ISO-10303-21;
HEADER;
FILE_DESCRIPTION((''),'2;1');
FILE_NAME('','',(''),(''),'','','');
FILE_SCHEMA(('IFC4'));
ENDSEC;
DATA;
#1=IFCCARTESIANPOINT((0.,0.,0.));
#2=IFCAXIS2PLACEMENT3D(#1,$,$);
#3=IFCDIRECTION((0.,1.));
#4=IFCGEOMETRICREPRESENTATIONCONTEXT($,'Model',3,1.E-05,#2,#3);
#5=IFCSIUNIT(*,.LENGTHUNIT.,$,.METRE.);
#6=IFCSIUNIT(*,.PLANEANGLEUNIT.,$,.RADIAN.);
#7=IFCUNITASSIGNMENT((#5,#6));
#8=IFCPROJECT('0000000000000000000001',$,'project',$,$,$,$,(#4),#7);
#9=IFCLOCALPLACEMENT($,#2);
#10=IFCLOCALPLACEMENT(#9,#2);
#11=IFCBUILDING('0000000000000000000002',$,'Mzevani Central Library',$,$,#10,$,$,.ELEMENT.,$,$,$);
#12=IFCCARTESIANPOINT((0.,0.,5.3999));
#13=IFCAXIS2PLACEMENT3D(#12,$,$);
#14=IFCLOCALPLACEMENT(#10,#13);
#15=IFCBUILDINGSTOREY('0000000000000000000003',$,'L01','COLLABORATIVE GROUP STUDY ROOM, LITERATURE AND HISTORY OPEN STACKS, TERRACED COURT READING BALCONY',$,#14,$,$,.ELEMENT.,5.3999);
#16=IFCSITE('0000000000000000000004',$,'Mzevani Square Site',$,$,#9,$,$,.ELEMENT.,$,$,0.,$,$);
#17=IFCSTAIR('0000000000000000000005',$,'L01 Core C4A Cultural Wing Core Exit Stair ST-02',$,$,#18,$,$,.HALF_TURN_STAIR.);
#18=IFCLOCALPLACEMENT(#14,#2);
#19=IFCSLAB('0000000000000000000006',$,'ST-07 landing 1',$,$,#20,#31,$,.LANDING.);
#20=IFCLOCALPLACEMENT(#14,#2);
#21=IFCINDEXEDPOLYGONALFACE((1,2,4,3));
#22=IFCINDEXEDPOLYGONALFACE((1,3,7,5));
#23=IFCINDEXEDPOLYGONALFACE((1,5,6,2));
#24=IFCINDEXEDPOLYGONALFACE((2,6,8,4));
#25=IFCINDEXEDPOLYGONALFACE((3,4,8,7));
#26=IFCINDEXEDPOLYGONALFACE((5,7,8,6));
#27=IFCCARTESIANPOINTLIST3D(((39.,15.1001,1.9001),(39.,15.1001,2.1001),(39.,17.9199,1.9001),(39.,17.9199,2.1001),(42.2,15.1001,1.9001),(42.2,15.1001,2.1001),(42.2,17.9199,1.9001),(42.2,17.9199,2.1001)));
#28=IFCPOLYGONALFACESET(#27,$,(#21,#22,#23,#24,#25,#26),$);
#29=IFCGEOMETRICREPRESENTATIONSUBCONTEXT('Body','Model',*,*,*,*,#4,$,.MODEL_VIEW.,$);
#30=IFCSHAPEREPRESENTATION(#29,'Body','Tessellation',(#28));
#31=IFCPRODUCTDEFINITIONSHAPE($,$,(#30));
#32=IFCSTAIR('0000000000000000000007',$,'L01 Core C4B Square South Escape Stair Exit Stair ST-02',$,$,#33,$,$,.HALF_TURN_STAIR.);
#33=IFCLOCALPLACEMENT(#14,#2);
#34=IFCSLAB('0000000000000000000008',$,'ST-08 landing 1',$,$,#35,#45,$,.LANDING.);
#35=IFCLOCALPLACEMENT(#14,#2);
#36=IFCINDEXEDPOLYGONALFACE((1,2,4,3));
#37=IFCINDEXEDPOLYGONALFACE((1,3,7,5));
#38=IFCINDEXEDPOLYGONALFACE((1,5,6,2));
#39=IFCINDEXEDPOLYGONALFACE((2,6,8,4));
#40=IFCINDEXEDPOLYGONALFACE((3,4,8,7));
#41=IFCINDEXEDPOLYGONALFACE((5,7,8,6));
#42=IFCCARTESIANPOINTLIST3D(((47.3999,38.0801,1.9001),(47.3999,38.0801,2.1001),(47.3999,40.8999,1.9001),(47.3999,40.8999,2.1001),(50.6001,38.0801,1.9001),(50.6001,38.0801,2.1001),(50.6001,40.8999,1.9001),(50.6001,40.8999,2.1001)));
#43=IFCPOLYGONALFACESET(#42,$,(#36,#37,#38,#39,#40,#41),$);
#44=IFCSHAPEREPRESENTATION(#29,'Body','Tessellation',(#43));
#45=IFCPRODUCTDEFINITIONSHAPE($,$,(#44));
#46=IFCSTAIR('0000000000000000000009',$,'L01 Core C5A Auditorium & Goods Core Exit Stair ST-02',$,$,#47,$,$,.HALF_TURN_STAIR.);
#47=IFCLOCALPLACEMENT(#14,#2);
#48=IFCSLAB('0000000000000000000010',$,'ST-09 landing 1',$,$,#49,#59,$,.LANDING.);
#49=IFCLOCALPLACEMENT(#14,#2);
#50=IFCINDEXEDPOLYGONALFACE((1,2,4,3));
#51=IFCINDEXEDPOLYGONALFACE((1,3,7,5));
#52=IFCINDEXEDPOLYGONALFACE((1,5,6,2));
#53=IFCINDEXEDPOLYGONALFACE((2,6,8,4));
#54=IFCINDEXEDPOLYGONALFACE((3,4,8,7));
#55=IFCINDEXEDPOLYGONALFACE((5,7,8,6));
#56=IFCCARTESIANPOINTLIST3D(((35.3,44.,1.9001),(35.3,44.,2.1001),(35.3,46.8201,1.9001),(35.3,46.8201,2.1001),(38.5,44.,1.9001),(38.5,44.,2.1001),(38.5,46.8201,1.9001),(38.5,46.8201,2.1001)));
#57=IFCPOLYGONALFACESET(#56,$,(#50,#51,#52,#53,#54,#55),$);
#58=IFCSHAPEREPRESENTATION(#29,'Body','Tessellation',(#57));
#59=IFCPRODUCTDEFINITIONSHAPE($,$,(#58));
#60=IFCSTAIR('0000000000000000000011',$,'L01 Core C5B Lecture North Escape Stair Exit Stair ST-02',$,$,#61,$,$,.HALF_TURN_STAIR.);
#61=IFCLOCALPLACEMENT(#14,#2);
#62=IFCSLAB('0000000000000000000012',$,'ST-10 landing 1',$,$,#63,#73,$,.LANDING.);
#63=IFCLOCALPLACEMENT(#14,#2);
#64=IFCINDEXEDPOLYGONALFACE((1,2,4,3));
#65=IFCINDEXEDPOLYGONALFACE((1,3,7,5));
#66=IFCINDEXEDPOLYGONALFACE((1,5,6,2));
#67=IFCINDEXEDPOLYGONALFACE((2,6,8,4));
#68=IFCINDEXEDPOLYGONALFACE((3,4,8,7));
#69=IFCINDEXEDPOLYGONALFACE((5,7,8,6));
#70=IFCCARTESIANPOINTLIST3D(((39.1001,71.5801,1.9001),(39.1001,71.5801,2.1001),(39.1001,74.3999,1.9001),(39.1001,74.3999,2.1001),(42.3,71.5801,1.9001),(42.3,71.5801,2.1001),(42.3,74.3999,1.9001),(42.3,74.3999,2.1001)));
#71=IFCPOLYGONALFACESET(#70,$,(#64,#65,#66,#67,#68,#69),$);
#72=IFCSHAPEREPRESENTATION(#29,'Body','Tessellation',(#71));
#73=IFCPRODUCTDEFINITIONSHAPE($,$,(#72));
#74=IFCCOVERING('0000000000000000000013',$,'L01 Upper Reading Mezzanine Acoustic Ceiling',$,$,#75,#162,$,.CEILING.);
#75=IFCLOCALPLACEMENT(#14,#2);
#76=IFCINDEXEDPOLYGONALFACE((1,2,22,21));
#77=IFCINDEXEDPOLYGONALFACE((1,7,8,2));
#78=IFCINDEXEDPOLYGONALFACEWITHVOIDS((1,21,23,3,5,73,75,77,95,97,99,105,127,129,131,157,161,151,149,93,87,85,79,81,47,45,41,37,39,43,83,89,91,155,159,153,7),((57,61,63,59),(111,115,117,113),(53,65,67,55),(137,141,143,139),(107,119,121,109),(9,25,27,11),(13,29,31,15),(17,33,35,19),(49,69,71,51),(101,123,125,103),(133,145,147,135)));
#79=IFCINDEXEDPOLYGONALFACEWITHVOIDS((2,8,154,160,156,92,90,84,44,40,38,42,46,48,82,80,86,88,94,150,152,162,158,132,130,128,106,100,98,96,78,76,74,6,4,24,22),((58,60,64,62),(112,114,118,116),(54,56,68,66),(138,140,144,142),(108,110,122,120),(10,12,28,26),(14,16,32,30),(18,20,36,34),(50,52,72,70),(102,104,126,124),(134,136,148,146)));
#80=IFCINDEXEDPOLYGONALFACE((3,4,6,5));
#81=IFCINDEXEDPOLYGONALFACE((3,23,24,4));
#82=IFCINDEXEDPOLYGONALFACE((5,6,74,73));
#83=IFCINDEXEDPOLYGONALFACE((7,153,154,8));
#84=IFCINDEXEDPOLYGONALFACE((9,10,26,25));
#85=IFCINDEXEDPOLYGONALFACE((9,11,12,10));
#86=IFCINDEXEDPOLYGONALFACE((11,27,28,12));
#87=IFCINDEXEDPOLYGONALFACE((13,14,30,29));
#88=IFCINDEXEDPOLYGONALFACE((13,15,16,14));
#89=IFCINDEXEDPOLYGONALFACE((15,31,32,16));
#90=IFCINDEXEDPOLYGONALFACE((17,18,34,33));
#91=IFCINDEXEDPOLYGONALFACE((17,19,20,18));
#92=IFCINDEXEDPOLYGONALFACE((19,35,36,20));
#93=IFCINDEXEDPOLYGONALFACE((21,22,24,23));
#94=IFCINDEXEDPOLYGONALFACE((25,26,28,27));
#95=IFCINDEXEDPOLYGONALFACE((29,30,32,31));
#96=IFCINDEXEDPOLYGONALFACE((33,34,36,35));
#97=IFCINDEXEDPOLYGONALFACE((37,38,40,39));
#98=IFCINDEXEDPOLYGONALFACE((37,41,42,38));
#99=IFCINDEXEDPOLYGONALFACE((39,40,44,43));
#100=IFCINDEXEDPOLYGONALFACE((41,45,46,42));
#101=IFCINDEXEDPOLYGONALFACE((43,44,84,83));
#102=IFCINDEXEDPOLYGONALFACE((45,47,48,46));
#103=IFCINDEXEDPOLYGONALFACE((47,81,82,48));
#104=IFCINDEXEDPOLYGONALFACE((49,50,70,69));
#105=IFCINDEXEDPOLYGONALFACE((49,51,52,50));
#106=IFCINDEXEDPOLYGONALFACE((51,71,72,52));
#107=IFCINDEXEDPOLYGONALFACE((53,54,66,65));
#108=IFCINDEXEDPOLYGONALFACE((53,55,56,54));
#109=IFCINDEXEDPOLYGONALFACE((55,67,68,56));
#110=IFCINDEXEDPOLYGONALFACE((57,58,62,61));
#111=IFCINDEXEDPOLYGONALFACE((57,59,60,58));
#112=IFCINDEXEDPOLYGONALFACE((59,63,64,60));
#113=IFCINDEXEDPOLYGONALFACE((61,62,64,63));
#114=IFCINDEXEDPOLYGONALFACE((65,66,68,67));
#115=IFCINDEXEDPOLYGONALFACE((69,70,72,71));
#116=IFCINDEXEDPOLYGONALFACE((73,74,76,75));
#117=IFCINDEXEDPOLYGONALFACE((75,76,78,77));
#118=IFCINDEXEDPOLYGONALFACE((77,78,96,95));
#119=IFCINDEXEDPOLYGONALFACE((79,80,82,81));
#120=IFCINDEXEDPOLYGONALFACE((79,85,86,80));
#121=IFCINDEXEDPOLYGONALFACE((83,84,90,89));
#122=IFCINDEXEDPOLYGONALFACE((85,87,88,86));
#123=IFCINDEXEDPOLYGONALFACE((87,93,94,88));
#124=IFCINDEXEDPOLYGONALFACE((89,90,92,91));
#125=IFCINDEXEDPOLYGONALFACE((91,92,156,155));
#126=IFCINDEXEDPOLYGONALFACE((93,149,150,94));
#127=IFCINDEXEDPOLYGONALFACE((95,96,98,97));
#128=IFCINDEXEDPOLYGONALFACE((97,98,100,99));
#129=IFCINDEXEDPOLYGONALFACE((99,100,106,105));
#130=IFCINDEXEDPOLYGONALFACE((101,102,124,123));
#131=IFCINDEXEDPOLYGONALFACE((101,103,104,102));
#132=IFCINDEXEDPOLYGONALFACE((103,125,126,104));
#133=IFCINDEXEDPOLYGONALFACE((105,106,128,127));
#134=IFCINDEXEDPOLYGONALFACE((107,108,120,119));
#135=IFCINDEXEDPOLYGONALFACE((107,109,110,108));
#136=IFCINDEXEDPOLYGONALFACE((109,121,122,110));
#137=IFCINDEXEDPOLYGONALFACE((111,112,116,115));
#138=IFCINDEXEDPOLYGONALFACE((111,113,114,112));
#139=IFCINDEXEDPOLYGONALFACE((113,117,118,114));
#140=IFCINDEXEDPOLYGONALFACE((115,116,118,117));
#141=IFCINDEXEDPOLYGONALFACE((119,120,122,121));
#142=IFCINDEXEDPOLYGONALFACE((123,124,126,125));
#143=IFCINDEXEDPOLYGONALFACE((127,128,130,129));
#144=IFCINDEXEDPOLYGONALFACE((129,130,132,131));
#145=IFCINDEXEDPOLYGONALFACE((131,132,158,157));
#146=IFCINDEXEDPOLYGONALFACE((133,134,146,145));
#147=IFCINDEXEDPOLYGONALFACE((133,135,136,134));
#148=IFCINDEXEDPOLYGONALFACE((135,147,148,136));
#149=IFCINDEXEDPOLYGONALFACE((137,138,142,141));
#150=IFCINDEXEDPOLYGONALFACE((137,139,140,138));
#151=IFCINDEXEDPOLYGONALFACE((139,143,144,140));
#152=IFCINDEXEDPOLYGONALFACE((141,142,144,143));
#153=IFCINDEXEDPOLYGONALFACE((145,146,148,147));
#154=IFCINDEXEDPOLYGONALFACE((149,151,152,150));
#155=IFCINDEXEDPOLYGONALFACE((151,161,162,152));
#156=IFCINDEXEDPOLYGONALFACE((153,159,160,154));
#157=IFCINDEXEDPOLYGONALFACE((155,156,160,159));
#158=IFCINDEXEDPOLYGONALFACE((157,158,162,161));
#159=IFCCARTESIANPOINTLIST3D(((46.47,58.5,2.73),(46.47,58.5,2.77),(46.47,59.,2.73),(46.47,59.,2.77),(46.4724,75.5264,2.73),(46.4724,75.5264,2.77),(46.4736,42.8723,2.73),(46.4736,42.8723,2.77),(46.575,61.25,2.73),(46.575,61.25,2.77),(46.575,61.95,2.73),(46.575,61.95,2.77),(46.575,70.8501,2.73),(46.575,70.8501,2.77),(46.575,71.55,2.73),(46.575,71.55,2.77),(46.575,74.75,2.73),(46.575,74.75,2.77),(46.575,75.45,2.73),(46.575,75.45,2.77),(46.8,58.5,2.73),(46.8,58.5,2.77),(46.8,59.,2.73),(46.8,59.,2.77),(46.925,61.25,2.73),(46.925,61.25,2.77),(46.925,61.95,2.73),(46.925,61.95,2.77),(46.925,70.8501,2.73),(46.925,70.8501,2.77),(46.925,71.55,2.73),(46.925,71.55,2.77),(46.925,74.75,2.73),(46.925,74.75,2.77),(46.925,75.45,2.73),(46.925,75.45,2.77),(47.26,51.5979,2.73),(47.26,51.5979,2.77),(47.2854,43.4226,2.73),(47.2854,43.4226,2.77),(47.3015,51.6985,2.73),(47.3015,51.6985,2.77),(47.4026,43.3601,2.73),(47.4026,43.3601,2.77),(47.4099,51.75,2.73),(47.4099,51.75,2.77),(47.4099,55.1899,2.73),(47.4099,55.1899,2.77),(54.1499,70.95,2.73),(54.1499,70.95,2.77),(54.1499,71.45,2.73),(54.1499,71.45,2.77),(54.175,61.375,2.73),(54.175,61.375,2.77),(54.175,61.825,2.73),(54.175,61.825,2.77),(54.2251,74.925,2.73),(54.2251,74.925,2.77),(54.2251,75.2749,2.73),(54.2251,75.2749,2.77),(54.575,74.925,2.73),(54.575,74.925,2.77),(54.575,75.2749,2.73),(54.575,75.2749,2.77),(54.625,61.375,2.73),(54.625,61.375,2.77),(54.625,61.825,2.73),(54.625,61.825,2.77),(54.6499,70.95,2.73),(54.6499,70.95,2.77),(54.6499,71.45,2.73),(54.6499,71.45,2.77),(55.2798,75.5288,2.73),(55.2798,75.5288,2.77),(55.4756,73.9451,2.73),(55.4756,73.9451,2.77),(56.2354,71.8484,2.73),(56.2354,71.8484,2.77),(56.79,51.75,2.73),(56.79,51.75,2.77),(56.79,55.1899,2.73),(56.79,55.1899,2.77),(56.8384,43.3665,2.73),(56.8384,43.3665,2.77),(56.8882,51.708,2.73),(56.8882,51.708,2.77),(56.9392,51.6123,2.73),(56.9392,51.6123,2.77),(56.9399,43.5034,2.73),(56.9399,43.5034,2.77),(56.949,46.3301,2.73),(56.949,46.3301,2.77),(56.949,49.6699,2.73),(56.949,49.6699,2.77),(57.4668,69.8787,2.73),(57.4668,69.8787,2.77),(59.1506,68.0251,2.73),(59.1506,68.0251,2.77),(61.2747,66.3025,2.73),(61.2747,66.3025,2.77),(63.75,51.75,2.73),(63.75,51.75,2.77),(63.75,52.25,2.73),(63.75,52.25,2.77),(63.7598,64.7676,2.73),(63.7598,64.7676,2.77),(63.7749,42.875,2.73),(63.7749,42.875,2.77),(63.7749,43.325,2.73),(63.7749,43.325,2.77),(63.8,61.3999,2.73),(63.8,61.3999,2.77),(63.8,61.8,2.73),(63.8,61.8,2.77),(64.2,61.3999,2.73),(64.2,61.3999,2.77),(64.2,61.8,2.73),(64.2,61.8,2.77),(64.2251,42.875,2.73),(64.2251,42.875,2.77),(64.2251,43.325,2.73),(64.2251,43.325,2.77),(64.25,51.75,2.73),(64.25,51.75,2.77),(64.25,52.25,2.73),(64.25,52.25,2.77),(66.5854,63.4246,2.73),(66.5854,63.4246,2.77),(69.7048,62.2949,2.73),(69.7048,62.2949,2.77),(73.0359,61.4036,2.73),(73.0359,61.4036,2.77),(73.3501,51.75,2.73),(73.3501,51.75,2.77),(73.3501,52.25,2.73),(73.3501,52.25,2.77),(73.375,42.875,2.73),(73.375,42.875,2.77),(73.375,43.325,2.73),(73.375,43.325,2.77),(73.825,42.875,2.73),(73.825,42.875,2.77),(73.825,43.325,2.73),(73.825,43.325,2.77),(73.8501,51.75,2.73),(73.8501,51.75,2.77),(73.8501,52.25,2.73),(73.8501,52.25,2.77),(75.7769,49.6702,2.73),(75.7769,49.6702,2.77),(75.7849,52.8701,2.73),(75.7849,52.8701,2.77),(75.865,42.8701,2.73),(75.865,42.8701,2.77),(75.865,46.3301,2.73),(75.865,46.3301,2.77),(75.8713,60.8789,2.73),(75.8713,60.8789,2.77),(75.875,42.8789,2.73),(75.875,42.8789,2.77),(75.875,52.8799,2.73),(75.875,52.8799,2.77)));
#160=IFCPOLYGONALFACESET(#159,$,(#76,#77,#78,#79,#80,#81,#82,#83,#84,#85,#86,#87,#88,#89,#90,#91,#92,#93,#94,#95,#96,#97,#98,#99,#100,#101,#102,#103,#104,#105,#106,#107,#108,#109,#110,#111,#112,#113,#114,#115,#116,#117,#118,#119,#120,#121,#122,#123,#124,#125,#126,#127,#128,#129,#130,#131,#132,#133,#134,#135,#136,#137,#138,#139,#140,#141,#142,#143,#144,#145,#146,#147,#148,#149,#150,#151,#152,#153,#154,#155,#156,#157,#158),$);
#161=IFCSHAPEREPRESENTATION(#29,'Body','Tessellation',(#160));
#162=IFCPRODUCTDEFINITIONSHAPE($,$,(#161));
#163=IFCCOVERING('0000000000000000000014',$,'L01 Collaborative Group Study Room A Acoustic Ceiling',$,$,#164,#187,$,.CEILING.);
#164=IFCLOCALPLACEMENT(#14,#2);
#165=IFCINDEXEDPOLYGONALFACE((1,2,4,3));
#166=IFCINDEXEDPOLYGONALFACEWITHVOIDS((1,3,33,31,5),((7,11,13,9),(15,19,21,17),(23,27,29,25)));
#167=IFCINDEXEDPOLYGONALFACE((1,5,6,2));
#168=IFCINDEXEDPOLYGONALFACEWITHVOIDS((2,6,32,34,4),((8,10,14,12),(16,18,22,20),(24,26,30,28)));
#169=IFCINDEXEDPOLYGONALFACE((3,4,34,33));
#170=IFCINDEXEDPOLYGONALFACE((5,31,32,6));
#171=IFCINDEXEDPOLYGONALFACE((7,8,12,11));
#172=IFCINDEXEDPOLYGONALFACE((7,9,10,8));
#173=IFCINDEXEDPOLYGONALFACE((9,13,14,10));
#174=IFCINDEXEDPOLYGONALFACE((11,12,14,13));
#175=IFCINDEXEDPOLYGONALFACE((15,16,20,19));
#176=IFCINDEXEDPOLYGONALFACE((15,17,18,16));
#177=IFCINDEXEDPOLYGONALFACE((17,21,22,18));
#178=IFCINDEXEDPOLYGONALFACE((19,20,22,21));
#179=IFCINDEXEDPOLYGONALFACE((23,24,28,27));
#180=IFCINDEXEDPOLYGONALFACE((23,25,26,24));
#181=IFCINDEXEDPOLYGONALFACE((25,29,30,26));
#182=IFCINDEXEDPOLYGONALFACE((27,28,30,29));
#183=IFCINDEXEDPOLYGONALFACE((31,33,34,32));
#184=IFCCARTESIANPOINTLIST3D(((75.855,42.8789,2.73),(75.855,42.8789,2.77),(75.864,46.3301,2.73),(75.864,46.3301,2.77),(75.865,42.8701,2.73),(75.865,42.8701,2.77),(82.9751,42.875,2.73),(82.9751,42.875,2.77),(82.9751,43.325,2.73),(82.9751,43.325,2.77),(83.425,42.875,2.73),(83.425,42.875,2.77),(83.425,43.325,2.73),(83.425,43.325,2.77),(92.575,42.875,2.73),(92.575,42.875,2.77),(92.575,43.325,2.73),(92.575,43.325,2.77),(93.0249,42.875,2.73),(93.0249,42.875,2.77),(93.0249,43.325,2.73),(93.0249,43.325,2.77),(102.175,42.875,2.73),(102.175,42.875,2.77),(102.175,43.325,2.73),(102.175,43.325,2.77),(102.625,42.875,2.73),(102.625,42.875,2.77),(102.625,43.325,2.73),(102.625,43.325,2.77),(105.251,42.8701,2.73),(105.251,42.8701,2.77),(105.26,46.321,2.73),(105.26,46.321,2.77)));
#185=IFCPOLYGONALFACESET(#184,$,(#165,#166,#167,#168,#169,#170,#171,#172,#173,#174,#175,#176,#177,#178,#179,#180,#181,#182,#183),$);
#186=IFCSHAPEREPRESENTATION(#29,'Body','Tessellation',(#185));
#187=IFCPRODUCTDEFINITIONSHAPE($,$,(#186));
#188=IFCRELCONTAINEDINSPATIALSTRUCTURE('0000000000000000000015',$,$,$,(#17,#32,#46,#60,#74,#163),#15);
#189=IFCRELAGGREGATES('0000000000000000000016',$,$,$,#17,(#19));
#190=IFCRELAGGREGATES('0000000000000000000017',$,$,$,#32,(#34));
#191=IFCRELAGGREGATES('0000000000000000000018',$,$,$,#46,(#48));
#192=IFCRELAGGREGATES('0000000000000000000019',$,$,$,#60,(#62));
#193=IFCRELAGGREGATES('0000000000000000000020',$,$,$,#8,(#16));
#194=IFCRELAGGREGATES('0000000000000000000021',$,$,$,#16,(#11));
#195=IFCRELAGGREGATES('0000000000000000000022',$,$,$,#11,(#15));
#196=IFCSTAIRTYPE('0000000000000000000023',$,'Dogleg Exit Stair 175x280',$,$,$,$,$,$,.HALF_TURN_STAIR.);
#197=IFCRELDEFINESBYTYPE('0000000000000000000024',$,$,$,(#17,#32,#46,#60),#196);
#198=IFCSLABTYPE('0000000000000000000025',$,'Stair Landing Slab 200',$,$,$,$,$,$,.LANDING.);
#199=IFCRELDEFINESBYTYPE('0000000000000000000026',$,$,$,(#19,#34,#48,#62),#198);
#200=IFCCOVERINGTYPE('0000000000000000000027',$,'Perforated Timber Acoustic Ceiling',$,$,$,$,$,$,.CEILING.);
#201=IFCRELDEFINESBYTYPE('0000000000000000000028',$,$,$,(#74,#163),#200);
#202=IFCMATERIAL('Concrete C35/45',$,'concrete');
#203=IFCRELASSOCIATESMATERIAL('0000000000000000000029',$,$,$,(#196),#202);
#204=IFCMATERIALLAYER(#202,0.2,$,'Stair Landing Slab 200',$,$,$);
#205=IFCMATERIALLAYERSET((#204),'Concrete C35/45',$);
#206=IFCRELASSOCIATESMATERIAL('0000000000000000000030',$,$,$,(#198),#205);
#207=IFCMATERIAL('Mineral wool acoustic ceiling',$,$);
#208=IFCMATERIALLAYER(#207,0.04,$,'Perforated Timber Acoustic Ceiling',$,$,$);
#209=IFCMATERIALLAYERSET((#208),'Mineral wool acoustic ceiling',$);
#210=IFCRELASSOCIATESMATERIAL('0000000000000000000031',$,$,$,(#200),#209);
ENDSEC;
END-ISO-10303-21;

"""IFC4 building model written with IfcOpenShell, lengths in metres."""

from ifc_helpers import new_model, si_unit, direction, frame, origin, place, context, subcontext, project, spatial, polyline, outline, extrude, material, layer, layer_set, type_object, element, aggregate, save


model = new_model("IFC4")

# Units and contexts
model_context = context("Model", 3, precision=1e-05, world=origin(), true_north=direction((0.0, 1.0)))
body_context = subcontext(model_context, "Body", "Model", "MODEL_VIEW")
ifc_project = project(units=[si_unit("LENGTHUNIT", "METRE"), si_unit("PLANEANGLEUNIT", "RADIAN")], contexts=[model_context])

# Site, building, storey
site_placement = place(None, origin())
site = spatial("IfcSite", under=ifc_project, at=site_placement, Name="Mzevani Square Site", CompositionType="ELEMENT", RefElevation=0.0)
building_placement = place(site_placement, origin())
building = spatial("IfcBuilding", under=site, at=building_placement, Name="Mzevani Central Library", CompositionType="ELEMENT")
storey_placement = place(building_placement, frame((0.0, 0.0, 5.3999)))
storey = spatial("IfcBuildingStorey", under=building, at=storey_placement, Name="L01", Description="COLLABORATIVE GROUP STUDY ROOM, LITERATURE AND HISTORY OPEN STACKS, TERRACED COURT READING BALCONY", CompositionType="ELEMENT", Elevation=5.3999)

# Shared definitions
ifc_material_1 = material(Name="Concrete C35/45", Category="concrete")

# Stairs, slabs
stair_type = type_object("IfcStairType", Name="Dogleg Exit Stair 175x280", PredefinedType="HALF_TURN_STAIR", material=ifc_material_1)
ifc_layer_1 = layer(ifc_material_1, 0.2, Name="Stair Landing Slab 200")
ifc_layer_set_1 = layer_set([ifc_layer_1], Name="Concrete C35/45")
slab_type_1 = type_object("IfcSlabType", Name="Stair Landing Slab 200", PredefinedType="LANDING", material=ifc_layer_set_1)
stair_1_placement = place(storey_placement, origin())
stair_1 = element("IfcStair", 1, at=stair_1_placement, inside=storey, type_object=stair_type, Name="L01 Core C4A Cultural Wing Core Exit Stair ST-02", PredefinedType="HALF_TURN_STAIR")
slab_1_placement = place(storey_placement, frame((0.0, 0.0, 1.9001)))
slab_1 = element("IfcSlab", 2, at=slab_1_placement, type_object=slab_type_1, Name="ST-07 landing 1", PredefinedType="LANDING", context=body_context, shape_type="SweptSolid", body=[
    extrude(outline(polyline([(39.0, 17.9199), (39.0, 15.1001), (42.2, 15.1001), (42.2, 17.9199), (39.0, 17.9199)])), origin(), (0.0, 0.0, 1.0), 0.2),
])
aggregate(stair_1, [slab_1])
stair_2_placement = place(storey_placement, origin())
stair_2 = element("IfcStair", 3, at=stair_2_placement, inside=storey, type_object=stair_type, Name="L01 Core C4B Square South Escape Stair Exit Stair ST-02", PredefinedType="HALF_TURN_STAIR")
slab_2_placement = place(storey_placement, frame((0.0, 0.0, 1.9001)))
slab_2 = element("IfcSlab", 4, at=slab_2_placement, type_object=slab_type_1, Name="ST-08 landing 1", PredefinedType="LANDING", context=body_context, shape_type="SweptSolid", body=[
    extrude(outline(polyline([(50.6001, 38.0801), (50.6001, 40.8999), (47.3999, 40.8999), (47.3999, 38.0801), (50.6001, 38.0801)])), origin(), (0.0, 0.0, 1.0), 0.2),
])
aggregate(stair_2, [slab_2])
stair_3_placement = place(storey_placement, origin())
stair_3 = element("IfcStair", 5, at=stair_3_placement, inside=storey, type_object=stair_type, Name="L01 Core C5A Auditorium & Goods Core Exit Stair ST-02", PredefinedType="HALF_TURN_STAIR")
slab_3_placement = place(storey_placement, frame((0.0, 0.0, 1.9001)))
slab_3 = element("IfcSlab", 6, at=slab_3_placement, type_object=slab_type_1, Name="ST-09 landing 1", PredefinedType="LANDING", context=body_context, shape_type="SweptSolid", body=[
    extrude(outline(polyline([(35.3, 46.8201), (35.3, 44.0), (38.5, 44.0), (38.5, 46.8201), (35.3, 46.8201)])), origin(), (0.0, 0.0, 1.0), 0.2),
])
aggregate(stair_3, [slab_3])
stair_4_placement = place(storey_placement, origin())
stair_4 = element("IfcStair", 7, at=stair_4_placement, inside=storey, type_object=stair_type, Name="L01 Core C5B Lecture North Escape Stair Exit Stair ST-02", PredefinedType="HALF_TURN_STAIR")
slab_4_placement = place(storey_placement, frame((0.0, 0.0, 1.9001)))
slab_4 = element("IfcSlab", 8, at=slab_4_placement, type_object=slab_type_1, Name="ST-10 landing 1", PredefinedType="LANDING", context=body_context, shape_type="SweptSolid", body=[
    extrude(outline(polyline([(42.3, 71.5801), (42.3, 74.3999), (39.1001, 74.3999), (39.1001, 71.5801), (42.3, 71.5801)])), origin(), (0.0, 0.0, 1.0), 0.2),
])
aggregate(stair_4, [slab_4])

# Coverings
ifc_material_2 = material(Name="Mineral wool acoustic ceiling")
ifc_layer_2 = layer(ifc_material_2, 0.04, Name="Perforated Timber Acoustic Ceiling")
ifc_layer_set_2 = layer_set([ifc_layer_2], Name="Mineral wool acoustic ceiling")
covering_type = type_object("IfcCoveringType", Name="Perforated Timber Acoustic Ceiling", PredefinedType="CEILING", material=ifc_layer_set_2)
covering_1_placement = place(storey_placement, frame((0.0, 0.0, 2.73)))
element("IfcCovering", 9, at=covering_1_placement, inside=storey, type_object=covering_type, Name="L01 Upper Reading Mezzanine Acoustic Ceiling", PredefinedType="CEILING", context=body_context, shape_type="SweptSolid", body=[
    extrude(outline(polyline([(75.875, 52.8799), (75.7849, 52.8701), (75.7769, 49.6702), (56.949, 49.6699), (56.9392, 51.6123), (56.8882, 51.708), (56.79, 51.75), (56.79, 55.1899), (47.4099, 55.1899), (47.4099, 51.75), (47.3015, 51.6985), (47.26, 51.5979), (47.2854, 43.4226), (47.4026, 43.3601), (56.8384, 43.3665), (56.9399, 43.5034), (56.949, 46.3301), (75.865, 46.3301), (75.875, 42.8789), (75.865, 42.8701), (46.4736, 42.8723), (46.47, 58.5), (46.8, 58.5), (46.8, 59.0), (46.47, 59.0), (46.4724, 75.5264), (55.2798, 75.5288), (55.4756, 73.9451), (56.2354, 71.8484), (57.4668, 69.8787), (59.1506, 68.0251), (61.2747, 66.3025), (63.7598, 64.7676), (66.5854, 63.4246), (69.7048, 62.2949), (73.0359, 61.4036), (75.8713, 60.8789), (75.875, 52.8799)]), holes=[polyline([(46.925, 61.25), (46.925, 61.95), (46.575, 61.95), (46.575, 61.25), (46.925, 61.25)]), polyline([(46.575, 70.8501), (46.925, 70.8501), (46.925, 71.55), (46.575, 71.55), (46.575, 70.8501)]), polyline([(46.575, 75.45), (46.575, 74.75), (46.925, 74.75), (46.925, 75.45), (46.575, 75.45)]), polyline([(54.625, 61.825), (54.175, 61.825), (54.175, 61.375), (54.625, 61.375), (54.625, 61.825)]), polyline([(54.6499, 70.95), (54.6499, 71.45), (54.1499, 71.45), (54.1499, 70.95), (54.6499, 70.95)]), polyline([(54.2251, 74.925), (54.575, 74.925), (54.575, 75.2749), (54.2251, 75.2749), (54.2251, 74.925)]), polyline([(63.7749, 43.325), (63.7749, 42.875), (64.2251, 42.875), (64.2251, 43.325), (63.7749, 43.325)]), polyline([(64.25, 52.25), (63.75, 52.25), (63.75, 51.75), (64.25, 51.75), (64.25, 52.25)]), polyline([(64.2, 61.3999), (64.2, 61.8), (63.8, 61.8), (63.8, 61.3999), (64.2, 61.3999)]), polyline([(73.375, 42.875), (73.825, 42.875), (73.825, 43.325), (73.375, 43.325), (73.375, 42.875)]), polyline([(73.3501, 52.25), (73.3501, 51.75), (73.8501, 51.75), (73.8501, 52.25), (73.3501, 52.25)])]), origin(), (0.0, 0.0, 1.0), 0.04),
])
covering_2_placement = place(storey_placement, frame((0.0, 0.0, 2.73)))
element("IfcCovering", 10, at=covering_2_placement, inside=storey, type_object=covering_type, Name="L01 Collaborative Group Study Room A Acoustic Ceiling", PredefinedType="CEILING", context=body_context, shape_type="SweptSolid", body=[
    extrude(outline(polyline([(105.26, 46.321), (105.251, 42.8701), (75.865, 42.8701), (75.855, 42.8789), (75.864, 46.3301), (105.26, 46.321)]), holes=[polyline([(82.9751, 42.875), (83.425, 42.875), (83.425, 43.325), (82.9751, 43.325), (82.9751, 42.875)]), polyline([(92.575, 43.325), (92.575, 42.875), (93.0249, 42.875), (93.0249, 43.325), (92.575, 43.325)]), polyline([(102.625, 43.325), (102.175, 43.325), (102.175, 42.875), (102.625, 42.875), (102.625, 43.325)])]), origin(), (0.0, 0.0, 1.0), 0.04),
])

save(model, "model.ifc")
